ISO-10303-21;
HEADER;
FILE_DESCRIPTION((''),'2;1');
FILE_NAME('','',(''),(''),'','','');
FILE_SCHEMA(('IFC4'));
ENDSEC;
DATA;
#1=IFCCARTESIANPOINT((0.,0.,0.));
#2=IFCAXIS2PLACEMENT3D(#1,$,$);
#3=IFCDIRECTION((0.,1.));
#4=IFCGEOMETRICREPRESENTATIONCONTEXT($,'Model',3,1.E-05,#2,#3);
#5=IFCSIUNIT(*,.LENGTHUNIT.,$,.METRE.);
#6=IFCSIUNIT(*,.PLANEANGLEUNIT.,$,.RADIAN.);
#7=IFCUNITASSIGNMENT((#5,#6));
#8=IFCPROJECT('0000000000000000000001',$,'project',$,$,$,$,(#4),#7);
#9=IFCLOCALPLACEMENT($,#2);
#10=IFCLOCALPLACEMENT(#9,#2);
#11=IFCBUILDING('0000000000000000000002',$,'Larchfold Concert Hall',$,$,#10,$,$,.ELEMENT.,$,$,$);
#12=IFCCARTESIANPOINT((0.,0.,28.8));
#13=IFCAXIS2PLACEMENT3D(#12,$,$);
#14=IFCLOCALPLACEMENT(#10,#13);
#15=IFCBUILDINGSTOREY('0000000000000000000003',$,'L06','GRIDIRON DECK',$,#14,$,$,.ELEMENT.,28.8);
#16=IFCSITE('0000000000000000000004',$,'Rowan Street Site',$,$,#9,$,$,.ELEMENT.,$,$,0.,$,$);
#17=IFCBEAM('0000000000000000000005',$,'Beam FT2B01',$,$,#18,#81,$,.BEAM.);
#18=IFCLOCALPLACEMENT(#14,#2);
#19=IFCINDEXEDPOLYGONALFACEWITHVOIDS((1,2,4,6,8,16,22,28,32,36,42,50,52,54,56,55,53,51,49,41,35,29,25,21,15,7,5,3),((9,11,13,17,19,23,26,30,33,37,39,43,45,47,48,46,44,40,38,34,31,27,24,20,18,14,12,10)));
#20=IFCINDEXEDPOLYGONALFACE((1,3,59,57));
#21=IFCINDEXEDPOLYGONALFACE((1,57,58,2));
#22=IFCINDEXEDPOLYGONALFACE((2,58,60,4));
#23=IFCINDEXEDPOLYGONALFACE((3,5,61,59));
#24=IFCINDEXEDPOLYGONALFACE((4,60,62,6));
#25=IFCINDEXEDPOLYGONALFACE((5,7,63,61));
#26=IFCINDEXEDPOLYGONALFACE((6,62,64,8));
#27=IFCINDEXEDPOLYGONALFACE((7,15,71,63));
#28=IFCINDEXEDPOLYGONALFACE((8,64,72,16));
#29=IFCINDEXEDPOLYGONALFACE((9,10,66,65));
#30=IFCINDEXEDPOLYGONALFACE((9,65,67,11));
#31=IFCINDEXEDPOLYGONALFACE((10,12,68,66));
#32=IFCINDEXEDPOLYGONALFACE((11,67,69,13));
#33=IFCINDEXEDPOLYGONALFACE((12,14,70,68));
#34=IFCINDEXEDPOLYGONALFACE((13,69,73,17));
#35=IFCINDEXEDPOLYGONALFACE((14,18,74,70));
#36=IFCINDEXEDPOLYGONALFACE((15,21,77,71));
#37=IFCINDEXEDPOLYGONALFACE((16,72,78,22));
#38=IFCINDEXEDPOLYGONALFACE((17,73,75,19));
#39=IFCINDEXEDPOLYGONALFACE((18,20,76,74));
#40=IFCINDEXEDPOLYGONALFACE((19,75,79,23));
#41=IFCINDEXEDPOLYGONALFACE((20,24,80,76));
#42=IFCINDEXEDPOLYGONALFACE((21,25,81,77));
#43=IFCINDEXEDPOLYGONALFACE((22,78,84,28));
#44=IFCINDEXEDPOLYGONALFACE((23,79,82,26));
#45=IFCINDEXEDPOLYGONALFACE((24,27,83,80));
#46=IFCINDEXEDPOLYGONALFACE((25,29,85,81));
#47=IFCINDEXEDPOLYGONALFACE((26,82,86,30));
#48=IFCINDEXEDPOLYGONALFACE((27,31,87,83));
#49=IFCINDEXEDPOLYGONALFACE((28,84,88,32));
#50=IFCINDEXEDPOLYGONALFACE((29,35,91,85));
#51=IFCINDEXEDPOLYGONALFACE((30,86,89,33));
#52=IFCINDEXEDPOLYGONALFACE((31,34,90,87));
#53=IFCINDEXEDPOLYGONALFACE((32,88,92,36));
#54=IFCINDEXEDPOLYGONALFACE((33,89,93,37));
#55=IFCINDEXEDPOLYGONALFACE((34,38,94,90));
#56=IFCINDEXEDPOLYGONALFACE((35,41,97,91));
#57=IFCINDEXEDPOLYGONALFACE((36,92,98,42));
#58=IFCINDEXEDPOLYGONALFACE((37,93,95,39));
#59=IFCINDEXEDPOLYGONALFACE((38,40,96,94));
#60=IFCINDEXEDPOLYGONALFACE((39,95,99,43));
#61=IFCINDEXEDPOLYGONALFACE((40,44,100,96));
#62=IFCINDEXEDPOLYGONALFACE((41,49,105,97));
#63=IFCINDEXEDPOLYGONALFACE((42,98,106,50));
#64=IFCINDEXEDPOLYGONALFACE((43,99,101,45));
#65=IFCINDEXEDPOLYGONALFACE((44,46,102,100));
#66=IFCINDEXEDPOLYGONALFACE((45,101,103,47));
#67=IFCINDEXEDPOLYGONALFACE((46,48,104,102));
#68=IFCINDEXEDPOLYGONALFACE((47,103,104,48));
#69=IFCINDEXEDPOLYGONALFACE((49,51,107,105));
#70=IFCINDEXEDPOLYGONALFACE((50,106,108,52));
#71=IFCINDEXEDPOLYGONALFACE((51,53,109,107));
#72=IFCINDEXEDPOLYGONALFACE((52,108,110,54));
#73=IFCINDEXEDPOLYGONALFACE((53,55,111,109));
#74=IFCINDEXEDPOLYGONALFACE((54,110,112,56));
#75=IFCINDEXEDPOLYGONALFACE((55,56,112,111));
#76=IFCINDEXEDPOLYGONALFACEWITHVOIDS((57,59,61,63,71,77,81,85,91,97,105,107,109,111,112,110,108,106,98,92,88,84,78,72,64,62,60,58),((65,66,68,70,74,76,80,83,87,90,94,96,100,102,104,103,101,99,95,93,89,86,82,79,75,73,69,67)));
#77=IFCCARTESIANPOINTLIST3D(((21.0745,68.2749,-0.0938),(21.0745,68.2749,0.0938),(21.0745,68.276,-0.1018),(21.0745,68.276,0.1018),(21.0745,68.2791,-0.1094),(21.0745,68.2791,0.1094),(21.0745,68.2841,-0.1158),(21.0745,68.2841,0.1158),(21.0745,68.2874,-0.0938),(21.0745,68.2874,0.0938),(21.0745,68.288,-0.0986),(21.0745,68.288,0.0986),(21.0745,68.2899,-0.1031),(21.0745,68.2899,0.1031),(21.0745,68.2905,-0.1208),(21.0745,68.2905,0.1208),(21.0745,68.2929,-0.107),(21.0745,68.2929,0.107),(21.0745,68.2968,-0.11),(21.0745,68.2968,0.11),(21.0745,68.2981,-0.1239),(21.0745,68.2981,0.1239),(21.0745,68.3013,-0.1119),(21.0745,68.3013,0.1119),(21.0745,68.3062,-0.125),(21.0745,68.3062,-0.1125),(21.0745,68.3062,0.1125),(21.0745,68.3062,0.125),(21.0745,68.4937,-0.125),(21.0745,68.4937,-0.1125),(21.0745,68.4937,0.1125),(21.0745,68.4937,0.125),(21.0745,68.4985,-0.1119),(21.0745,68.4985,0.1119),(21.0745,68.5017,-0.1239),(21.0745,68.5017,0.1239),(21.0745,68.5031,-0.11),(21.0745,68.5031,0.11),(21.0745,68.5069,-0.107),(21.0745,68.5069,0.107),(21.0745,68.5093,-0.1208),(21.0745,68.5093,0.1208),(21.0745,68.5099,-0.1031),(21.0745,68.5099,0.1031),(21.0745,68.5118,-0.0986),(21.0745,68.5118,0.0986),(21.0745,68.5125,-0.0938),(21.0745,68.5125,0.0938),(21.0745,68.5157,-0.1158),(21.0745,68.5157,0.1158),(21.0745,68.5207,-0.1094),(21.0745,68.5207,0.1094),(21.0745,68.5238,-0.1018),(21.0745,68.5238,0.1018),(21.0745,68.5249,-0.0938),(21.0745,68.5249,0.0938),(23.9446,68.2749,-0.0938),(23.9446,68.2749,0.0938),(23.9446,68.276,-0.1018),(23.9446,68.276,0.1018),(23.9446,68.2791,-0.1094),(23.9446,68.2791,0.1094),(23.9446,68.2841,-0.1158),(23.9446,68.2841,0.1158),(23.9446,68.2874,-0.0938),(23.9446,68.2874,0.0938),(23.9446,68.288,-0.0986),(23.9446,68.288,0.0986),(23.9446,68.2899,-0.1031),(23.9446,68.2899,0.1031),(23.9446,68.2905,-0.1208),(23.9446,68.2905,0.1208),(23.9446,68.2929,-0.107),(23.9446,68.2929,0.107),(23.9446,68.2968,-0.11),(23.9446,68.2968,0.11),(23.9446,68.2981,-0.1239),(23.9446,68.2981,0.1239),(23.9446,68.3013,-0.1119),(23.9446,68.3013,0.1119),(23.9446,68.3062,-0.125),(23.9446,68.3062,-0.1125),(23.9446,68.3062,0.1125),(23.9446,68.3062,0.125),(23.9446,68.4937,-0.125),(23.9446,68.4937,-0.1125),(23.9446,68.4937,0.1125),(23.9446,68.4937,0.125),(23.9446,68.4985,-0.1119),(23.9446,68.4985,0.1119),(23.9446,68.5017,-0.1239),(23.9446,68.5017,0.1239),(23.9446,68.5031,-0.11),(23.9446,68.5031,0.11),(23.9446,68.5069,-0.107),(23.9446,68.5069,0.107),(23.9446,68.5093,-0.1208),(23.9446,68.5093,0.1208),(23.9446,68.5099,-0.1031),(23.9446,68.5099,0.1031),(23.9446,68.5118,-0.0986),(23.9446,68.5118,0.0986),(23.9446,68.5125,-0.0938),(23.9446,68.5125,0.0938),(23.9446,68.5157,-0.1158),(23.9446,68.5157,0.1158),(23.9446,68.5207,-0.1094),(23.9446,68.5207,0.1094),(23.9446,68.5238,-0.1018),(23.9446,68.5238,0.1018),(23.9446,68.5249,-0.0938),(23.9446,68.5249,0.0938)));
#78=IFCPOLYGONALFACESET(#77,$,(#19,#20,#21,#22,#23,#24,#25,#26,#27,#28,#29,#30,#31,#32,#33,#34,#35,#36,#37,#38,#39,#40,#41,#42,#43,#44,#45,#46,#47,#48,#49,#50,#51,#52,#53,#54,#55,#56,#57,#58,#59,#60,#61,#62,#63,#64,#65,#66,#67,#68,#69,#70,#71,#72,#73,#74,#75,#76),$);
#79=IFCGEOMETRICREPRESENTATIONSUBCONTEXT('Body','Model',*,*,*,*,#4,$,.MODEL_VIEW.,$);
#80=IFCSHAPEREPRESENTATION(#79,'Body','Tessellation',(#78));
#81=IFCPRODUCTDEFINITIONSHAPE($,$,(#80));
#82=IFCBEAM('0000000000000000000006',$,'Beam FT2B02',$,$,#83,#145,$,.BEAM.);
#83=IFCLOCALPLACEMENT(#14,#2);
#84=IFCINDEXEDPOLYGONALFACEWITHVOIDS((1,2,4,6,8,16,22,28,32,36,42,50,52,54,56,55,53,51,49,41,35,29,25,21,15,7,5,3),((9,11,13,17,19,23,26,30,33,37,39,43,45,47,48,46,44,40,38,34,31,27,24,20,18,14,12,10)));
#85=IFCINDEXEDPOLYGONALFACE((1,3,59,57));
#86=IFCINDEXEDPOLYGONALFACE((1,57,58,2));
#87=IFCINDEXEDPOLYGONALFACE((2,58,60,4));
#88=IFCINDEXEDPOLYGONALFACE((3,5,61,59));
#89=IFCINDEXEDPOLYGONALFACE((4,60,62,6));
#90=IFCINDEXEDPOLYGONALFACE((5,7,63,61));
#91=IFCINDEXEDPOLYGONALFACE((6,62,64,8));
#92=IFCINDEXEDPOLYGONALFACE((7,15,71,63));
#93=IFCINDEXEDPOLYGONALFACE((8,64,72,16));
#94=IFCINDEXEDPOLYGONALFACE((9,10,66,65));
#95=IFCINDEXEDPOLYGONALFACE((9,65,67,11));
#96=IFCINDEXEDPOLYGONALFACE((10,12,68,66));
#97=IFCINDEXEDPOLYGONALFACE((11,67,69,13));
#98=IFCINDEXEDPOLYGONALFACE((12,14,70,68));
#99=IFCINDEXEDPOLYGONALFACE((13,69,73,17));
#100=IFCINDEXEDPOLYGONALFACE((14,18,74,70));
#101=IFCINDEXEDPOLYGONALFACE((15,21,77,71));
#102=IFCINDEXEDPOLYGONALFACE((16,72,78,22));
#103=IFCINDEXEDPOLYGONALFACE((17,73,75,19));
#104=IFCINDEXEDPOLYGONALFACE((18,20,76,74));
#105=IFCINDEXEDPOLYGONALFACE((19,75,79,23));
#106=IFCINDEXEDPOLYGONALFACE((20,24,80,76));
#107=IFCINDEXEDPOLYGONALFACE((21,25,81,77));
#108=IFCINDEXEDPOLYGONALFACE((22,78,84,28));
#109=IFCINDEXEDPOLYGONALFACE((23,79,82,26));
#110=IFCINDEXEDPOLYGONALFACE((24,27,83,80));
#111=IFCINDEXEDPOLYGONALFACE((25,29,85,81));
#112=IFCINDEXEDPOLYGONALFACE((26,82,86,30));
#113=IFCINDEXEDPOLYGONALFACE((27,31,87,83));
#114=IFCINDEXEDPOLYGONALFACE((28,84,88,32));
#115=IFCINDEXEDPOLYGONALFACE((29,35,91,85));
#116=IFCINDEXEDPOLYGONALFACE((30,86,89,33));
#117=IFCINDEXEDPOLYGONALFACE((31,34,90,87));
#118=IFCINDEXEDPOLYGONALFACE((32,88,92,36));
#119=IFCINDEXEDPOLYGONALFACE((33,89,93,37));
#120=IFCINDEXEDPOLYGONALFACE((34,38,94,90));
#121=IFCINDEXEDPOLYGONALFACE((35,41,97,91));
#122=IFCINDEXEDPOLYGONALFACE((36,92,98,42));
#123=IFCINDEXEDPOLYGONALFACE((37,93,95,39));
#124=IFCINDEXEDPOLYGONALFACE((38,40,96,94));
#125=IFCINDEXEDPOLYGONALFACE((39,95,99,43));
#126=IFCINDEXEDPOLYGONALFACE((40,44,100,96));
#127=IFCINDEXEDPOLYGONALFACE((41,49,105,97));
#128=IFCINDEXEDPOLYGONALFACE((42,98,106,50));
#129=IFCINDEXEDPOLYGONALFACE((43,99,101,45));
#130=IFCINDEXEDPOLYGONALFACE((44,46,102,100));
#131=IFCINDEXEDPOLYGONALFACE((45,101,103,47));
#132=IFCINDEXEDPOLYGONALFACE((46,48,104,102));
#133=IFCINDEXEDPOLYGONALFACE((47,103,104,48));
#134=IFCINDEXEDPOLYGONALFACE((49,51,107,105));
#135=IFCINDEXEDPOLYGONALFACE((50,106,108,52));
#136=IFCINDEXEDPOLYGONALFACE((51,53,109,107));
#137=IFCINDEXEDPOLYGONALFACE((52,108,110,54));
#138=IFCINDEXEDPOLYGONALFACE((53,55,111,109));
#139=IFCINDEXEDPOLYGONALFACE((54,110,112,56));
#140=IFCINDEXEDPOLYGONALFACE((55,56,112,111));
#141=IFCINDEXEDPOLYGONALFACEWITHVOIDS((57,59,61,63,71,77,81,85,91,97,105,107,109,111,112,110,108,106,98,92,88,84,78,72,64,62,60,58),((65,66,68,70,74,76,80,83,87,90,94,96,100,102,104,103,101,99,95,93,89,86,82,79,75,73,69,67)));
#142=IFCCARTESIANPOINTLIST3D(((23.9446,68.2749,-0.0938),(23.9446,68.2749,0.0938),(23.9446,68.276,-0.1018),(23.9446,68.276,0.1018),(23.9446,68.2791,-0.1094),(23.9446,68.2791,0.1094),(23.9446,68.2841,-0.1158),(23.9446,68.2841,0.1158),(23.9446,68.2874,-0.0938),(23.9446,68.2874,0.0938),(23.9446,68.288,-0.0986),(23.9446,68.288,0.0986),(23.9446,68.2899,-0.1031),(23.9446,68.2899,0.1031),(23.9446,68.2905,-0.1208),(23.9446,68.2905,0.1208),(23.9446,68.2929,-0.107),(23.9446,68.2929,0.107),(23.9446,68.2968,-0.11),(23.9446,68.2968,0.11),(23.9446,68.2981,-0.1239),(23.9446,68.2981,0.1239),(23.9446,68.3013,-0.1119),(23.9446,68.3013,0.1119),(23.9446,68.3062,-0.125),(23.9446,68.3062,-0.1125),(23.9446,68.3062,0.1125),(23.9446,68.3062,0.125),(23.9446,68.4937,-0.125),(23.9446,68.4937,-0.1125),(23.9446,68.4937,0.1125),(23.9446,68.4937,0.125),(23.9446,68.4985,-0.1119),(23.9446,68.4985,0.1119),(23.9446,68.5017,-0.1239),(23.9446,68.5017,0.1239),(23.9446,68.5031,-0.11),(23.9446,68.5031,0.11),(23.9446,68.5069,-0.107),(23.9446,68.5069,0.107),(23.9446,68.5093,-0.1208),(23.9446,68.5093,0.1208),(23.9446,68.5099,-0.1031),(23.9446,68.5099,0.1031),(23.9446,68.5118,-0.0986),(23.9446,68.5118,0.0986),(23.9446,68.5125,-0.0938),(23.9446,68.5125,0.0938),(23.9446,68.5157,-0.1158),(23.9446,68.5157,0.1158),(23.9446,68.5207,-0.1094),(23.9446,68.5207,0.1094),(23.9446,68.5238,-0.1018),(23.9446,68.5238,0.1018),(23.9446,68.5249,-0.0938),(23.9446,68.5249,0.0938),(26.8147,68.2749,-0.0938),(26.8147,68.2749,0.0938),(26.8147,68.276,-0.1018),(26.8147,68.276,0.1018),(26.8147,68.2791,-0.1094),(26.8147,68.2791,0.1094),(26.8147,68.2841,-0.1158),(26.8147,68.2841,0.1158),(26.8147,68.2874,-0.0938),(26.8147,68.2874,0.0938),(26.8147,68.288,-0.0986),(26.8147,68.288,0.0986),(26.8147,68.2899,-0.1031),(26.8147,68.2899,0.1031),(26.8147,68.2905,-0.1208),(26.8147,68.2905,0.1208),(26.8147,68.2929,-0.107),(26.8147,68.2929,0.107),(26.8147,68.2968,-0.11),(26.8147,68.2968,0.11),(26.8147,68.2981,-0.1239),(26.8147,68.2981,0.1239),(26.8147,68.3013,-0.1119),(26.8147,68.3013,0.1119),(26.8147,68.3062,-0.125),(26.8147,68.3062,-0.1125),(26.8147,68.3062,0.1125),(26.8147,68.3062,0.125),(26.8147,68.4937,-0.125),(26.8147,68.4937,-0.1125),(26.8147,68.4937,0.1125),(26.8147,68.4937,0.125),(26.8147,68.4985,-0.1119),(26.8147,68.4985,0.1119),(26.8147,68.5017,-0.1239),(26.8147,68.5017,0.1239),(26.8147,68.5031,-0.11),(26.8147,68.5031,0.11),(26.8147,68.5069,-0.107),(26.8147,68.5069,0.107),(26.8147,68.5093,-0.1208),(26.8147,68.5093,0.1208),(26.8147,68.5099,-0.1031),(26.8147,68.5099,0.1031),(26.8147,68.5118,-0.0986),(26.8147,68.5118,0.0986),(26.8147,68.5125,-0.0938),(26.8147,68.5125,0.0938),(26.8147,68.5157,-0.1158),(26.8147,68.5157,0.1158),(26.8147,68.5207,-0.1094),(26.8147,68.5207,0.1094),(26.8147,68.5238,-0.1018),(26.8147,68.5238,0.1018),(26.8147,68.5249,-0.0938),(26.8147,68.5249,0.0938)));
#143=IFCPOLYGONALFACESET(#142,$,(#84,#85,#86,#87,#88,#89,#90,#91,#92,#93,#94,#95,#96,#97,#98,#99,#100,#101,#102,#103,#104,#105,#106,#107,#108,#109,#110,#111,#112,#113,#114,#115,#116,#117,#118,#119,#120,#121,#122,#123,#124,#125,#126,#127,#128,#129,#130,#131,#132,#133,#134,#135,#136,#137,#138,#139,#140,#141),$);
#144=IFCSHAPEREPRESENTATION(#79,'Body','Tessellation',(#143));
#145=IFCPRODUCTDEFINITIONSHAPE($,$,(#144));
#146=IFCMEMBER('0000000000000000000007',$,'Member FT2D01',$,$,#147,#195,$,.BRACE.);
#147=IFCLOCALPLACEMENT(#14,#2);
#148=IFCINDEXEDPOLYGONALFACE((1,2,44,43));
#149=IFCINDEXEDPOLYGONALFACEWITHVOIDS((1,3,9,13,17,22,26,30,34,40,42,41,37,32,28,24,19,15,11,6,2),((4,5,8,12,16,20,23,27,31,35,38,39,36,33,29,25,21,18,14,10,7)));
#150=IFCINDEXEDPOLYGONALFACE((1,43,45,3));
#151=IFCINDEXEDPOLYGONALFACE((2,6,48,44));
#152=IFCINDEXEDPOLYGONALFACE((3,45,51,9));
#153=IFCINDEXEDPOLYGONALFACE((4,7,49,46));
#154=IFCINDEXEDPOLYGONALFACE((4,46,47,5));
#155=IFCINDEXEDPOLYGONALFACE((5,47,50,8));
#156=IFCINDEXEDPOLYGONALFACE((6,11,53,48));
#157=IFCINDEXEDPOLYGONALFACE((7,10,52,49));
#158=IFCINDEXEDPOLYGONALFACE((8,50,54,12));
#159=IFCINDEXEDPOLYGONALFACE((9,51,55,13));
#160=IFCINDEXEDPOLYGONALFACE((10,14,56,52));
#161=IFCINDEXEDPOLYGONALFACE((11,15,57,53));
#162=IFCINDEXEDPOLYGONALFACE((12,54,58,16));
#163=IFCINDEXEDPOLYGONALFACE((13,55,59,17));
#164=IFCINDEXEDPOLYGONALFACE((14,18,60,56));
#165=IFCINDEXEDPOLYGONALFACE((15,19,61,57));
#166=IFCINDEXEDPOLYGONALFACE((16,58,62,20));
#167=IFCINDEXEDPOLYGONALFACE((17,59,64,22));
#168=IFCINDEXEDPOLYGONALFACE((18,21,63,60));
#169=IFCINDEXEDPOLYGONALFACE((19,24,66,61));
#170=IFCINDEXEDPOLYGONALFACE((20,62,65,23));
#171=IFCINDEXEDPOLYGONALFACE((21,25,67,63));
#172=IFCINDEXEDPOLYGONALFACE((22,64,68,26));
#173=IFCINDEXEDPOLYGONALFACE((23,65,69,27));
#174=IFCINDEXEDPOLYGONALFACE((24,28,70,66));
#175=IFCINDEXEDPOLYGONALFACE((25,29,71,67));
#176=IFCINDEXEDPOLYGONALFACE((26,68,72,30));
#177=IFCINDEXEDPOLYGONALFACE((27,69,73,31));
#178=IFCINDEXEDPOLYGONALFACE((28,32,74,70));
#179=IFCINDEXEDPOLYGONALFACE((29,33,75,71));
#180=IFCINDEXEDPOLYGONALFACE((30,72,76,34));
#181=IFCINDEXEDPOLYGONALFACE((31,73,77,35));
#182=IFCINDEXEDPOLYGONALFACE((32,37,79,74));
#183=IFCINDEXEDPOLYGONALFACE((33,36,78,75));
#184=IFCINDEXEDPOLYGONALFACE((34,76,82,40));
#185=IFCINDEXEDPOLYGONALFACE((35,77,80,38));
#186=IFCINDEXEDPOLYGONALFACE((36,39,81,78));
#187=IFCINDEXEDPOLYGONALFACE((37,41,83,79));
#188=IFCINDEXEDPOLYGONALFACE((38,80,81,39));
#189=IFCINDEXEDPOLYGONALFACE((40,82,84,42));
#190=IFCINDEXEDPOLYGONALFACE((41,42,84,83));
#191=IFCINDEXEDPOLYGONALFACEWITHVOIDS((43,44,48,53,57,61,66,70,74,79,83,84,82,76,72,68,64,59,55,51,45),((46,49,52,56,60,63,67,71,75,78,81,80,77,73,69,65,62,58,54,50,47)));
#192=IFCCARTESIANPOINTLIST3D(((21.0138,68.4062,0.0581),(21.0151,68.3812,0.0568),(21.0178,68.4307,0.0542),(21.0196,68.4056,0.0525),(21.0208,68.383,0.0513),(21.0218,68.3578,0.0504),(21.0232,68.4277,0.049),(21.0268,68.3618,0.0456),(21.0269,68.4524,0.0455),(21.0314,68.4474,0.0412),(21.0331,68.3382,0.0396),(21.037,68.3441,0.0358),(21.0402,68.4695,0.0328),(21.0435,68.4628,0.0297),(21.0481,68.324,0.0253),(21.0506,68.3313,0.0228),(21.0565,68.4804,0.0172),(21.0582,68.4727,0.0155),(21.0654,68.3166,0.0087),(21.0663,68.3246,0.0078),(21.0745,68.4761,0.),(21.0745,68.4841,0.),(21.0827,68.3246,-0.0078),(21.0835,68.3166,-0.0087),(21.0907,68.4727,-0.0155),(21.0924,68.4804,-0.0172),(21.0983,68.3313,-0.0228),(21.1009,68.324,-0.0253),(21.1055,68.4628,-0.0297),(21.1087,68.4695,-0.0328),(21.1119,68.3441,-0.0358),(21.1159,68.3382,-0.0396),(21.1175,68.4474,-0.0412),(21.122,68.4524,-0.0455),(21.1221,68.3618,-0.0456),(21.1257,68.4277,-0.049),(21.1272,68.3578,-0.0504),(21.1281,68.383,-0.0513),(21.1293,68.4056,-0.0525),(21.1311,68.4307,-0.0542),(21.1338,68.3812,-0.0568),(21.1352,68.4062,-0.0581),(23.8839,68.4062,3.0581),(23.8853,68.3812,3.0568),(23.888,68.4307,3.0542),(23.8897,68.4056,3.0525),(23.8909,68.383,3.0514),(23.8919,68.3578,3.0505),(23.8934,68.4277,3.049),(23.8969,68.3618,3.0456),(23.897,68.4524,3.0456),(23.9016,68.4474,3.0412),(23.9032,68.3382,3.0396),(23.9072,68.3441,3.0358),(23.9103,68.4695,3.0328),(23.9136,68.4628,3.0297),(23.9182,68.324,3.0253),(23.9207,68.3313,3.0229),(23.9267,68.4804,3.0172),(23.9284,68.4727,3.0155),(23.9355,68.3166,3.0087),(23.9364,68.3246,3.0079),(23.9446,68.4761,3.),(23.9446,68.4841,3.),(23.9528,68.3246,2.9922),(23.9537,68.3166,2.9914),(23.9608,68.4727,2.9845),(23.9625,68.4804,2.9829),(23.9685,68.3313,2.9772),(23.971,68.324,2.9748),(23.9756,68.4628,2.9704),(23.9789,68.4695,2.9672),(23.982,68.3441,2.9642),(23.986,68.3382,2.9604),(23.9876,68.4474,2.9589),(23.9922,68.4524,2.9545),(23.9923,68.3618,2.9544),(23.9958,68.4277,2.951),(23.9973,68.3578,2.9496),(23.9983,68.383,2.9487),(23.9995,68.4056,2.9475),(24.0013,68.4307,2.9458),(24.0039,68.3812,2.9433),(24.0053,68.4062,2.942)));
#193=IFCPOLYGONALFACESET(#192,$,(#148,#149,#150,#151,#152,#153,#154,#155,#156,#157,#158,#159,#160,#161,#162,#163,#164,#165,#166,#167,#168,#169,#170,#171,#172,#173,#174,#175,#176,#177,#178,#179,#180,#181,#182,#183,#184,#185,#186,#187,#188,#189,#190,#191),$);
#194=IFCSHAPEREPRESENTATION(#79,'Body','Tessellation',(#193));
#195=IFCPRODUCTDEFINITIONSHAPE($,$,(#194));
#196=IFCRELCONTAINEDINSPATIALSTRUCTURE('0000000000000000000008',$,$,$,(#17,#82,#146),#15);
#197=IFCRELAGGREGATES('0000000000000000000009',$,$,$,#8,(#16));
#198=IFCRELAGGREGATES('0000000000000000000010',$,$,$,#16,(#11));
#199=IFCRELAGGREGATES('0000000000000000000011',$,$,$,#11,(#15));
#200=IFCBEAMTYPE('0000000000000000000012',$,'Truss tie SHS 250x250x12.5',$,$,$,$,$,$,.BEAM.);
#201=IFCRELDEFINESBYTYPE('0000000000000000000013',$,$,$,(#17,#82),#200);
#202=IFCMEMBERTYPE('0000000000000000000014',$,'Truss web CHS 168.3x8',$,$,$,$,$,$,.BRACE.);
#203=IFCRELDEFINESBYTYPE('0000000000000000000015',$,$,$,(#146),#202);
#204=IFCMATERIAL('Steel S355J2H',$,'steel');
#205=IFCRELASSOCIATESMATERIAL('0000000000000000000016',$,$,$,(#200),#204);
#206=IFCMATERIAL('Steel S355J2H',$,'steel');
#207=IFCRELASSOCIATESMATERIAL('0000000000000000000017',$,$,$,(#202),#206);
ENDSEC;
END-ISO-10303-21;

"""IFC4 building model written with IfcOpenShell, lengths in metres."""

from ifc_helpers import new_model, si_unit, direction, frame, origin, origin_2d, place, context, subcontext, project, spatial, hollow_rectangle, hollow_circle, extrude, material, material_profile, profile_set, type_object, element, save


model = new_model("IFC4")

# Units and contexts
model_context = context("Model", 3, precision=1e-05, world=origin(), true_north=direction((0.0, 1.0)))
body_context = subcontext(model_context, "Body", "Model", "MODEL_VIEW")
ifc_project = project(units=[si_unit("LENGTHUNIT", "METRE"), si_unit("PLANEANGLEUNIT", "RADIAN")], contexts=[model_context])

# Site, building, storey
site_placement = place(None, origin())
site = spatial("IfcSite", under=ifc_project, at=site_placement, Name="Rowan Street Site", CompositionType="ELEMENT", RefElevation=0.0)
building_placement = place(site_placement, origin())
building = spatial("IfcBuilding", under=site, at=building_placement, Name="Larchfold Concert Hall", CompositionType="ELEMENT")
storey_placement = place(building_placement, frame((0.0, 0.0, 28.8)))
storey = spatial("IfcBuildingStorey", under=building, at=storey_placement, Name="L06", Description="GRIDIRON DECK", CompositionType="ELEMENT", Elevation=28.8)

# Beams
ifc_material_1 = material(Name="Steel S355J2H", Category="steel")
ifc_material_profile_1 = material_profile(ifc_material_1, hollow_rectangle(XDim=0.25, YDim=0.25, WallThickness=0.0125, InnerFilletRadius=0.0188, OuterFilletRadius=0.0312, at=origin_2d()))
ifc_profile_set_1 = profile_set([ifc_material_profile_1], Name="Steel S355J2H")
beam_type_1 = type_object("IfcBeamType", Name="Truss tie SHS 250x250x12.5", PredefinedType="BEAM", material=ifc_profile_set_1)
for number, where, z_axis, x_axis, name in (
    (1, (21.0745, 68.3999, 0.0), (1.0, 0.0, 0.0), (0.0, 1.0, 0.0), "Beam FT2B01"),
    (2, (23.9446, 68.3999, 0.0), (1.0, 0.0, 0.0), (0.0, 1.0, 0.0), "Beam FT2B02"),
):
    element("IfcBeam", number, at=place(storey_placement, frame(where, z_axis=z_axis, x_axis=x_axis)), inside=storey, type_object=beam_type_1, Name=name, PredefinedType="BEAM", context=body_context, shape_type="SweptSolid", body=[
        extrude(hollow_rectangle(XDim=0.25, YDim=0.25, WallThickness=0.0125, InnerFilletRadius=0.0188, OuterFilletRadius=0.0312, at=origin_2d()), origin(), (0.0, 0.0, 1.0), 2.8701),
    ])

# Member
ifc_material_2 = material(Name="Steel S355J2H", Category="steel")
ifc_material_profile_2 = material_profile(ifc_material_2, hollow_circle(Radius=0.0842, WallThickness=0.0081, at=origin_2d()))
ifc_profile_set_2 = profile_set([ifc_material_profile_2], Name="Steel S355J2H")
member_type_1 = type_object("IfcMemberType", Name="Truss web CHS 168.3x8", PredefinedType="BRACE", material=ifc_profile_set_2)
for number, where, z_axis, x_axis, name in (
    (3, (21.0745, 68.3999, 0.0), (0.691292, 0.0, 0.722575), (0.0, 1.0, 0.0), "Member FT2D01"),
):
    element("IfcMember", number, at=place(storey_placement, frame(where, z_axis=z_axis, x_axis=x_axis)), inside=storey, type_object=member_type_1, Name=name, PredefinedType="BRACE", context=body_context, shape_type="SweptSolid", body=[
        extrude(hollow_circle(Radius=0.0842, WallThickness=0.0081, at=origin_2d()), origin(), (0.0, 0.0, 1.0), 4.1519),
    ])

save(model, "model.ifc")
